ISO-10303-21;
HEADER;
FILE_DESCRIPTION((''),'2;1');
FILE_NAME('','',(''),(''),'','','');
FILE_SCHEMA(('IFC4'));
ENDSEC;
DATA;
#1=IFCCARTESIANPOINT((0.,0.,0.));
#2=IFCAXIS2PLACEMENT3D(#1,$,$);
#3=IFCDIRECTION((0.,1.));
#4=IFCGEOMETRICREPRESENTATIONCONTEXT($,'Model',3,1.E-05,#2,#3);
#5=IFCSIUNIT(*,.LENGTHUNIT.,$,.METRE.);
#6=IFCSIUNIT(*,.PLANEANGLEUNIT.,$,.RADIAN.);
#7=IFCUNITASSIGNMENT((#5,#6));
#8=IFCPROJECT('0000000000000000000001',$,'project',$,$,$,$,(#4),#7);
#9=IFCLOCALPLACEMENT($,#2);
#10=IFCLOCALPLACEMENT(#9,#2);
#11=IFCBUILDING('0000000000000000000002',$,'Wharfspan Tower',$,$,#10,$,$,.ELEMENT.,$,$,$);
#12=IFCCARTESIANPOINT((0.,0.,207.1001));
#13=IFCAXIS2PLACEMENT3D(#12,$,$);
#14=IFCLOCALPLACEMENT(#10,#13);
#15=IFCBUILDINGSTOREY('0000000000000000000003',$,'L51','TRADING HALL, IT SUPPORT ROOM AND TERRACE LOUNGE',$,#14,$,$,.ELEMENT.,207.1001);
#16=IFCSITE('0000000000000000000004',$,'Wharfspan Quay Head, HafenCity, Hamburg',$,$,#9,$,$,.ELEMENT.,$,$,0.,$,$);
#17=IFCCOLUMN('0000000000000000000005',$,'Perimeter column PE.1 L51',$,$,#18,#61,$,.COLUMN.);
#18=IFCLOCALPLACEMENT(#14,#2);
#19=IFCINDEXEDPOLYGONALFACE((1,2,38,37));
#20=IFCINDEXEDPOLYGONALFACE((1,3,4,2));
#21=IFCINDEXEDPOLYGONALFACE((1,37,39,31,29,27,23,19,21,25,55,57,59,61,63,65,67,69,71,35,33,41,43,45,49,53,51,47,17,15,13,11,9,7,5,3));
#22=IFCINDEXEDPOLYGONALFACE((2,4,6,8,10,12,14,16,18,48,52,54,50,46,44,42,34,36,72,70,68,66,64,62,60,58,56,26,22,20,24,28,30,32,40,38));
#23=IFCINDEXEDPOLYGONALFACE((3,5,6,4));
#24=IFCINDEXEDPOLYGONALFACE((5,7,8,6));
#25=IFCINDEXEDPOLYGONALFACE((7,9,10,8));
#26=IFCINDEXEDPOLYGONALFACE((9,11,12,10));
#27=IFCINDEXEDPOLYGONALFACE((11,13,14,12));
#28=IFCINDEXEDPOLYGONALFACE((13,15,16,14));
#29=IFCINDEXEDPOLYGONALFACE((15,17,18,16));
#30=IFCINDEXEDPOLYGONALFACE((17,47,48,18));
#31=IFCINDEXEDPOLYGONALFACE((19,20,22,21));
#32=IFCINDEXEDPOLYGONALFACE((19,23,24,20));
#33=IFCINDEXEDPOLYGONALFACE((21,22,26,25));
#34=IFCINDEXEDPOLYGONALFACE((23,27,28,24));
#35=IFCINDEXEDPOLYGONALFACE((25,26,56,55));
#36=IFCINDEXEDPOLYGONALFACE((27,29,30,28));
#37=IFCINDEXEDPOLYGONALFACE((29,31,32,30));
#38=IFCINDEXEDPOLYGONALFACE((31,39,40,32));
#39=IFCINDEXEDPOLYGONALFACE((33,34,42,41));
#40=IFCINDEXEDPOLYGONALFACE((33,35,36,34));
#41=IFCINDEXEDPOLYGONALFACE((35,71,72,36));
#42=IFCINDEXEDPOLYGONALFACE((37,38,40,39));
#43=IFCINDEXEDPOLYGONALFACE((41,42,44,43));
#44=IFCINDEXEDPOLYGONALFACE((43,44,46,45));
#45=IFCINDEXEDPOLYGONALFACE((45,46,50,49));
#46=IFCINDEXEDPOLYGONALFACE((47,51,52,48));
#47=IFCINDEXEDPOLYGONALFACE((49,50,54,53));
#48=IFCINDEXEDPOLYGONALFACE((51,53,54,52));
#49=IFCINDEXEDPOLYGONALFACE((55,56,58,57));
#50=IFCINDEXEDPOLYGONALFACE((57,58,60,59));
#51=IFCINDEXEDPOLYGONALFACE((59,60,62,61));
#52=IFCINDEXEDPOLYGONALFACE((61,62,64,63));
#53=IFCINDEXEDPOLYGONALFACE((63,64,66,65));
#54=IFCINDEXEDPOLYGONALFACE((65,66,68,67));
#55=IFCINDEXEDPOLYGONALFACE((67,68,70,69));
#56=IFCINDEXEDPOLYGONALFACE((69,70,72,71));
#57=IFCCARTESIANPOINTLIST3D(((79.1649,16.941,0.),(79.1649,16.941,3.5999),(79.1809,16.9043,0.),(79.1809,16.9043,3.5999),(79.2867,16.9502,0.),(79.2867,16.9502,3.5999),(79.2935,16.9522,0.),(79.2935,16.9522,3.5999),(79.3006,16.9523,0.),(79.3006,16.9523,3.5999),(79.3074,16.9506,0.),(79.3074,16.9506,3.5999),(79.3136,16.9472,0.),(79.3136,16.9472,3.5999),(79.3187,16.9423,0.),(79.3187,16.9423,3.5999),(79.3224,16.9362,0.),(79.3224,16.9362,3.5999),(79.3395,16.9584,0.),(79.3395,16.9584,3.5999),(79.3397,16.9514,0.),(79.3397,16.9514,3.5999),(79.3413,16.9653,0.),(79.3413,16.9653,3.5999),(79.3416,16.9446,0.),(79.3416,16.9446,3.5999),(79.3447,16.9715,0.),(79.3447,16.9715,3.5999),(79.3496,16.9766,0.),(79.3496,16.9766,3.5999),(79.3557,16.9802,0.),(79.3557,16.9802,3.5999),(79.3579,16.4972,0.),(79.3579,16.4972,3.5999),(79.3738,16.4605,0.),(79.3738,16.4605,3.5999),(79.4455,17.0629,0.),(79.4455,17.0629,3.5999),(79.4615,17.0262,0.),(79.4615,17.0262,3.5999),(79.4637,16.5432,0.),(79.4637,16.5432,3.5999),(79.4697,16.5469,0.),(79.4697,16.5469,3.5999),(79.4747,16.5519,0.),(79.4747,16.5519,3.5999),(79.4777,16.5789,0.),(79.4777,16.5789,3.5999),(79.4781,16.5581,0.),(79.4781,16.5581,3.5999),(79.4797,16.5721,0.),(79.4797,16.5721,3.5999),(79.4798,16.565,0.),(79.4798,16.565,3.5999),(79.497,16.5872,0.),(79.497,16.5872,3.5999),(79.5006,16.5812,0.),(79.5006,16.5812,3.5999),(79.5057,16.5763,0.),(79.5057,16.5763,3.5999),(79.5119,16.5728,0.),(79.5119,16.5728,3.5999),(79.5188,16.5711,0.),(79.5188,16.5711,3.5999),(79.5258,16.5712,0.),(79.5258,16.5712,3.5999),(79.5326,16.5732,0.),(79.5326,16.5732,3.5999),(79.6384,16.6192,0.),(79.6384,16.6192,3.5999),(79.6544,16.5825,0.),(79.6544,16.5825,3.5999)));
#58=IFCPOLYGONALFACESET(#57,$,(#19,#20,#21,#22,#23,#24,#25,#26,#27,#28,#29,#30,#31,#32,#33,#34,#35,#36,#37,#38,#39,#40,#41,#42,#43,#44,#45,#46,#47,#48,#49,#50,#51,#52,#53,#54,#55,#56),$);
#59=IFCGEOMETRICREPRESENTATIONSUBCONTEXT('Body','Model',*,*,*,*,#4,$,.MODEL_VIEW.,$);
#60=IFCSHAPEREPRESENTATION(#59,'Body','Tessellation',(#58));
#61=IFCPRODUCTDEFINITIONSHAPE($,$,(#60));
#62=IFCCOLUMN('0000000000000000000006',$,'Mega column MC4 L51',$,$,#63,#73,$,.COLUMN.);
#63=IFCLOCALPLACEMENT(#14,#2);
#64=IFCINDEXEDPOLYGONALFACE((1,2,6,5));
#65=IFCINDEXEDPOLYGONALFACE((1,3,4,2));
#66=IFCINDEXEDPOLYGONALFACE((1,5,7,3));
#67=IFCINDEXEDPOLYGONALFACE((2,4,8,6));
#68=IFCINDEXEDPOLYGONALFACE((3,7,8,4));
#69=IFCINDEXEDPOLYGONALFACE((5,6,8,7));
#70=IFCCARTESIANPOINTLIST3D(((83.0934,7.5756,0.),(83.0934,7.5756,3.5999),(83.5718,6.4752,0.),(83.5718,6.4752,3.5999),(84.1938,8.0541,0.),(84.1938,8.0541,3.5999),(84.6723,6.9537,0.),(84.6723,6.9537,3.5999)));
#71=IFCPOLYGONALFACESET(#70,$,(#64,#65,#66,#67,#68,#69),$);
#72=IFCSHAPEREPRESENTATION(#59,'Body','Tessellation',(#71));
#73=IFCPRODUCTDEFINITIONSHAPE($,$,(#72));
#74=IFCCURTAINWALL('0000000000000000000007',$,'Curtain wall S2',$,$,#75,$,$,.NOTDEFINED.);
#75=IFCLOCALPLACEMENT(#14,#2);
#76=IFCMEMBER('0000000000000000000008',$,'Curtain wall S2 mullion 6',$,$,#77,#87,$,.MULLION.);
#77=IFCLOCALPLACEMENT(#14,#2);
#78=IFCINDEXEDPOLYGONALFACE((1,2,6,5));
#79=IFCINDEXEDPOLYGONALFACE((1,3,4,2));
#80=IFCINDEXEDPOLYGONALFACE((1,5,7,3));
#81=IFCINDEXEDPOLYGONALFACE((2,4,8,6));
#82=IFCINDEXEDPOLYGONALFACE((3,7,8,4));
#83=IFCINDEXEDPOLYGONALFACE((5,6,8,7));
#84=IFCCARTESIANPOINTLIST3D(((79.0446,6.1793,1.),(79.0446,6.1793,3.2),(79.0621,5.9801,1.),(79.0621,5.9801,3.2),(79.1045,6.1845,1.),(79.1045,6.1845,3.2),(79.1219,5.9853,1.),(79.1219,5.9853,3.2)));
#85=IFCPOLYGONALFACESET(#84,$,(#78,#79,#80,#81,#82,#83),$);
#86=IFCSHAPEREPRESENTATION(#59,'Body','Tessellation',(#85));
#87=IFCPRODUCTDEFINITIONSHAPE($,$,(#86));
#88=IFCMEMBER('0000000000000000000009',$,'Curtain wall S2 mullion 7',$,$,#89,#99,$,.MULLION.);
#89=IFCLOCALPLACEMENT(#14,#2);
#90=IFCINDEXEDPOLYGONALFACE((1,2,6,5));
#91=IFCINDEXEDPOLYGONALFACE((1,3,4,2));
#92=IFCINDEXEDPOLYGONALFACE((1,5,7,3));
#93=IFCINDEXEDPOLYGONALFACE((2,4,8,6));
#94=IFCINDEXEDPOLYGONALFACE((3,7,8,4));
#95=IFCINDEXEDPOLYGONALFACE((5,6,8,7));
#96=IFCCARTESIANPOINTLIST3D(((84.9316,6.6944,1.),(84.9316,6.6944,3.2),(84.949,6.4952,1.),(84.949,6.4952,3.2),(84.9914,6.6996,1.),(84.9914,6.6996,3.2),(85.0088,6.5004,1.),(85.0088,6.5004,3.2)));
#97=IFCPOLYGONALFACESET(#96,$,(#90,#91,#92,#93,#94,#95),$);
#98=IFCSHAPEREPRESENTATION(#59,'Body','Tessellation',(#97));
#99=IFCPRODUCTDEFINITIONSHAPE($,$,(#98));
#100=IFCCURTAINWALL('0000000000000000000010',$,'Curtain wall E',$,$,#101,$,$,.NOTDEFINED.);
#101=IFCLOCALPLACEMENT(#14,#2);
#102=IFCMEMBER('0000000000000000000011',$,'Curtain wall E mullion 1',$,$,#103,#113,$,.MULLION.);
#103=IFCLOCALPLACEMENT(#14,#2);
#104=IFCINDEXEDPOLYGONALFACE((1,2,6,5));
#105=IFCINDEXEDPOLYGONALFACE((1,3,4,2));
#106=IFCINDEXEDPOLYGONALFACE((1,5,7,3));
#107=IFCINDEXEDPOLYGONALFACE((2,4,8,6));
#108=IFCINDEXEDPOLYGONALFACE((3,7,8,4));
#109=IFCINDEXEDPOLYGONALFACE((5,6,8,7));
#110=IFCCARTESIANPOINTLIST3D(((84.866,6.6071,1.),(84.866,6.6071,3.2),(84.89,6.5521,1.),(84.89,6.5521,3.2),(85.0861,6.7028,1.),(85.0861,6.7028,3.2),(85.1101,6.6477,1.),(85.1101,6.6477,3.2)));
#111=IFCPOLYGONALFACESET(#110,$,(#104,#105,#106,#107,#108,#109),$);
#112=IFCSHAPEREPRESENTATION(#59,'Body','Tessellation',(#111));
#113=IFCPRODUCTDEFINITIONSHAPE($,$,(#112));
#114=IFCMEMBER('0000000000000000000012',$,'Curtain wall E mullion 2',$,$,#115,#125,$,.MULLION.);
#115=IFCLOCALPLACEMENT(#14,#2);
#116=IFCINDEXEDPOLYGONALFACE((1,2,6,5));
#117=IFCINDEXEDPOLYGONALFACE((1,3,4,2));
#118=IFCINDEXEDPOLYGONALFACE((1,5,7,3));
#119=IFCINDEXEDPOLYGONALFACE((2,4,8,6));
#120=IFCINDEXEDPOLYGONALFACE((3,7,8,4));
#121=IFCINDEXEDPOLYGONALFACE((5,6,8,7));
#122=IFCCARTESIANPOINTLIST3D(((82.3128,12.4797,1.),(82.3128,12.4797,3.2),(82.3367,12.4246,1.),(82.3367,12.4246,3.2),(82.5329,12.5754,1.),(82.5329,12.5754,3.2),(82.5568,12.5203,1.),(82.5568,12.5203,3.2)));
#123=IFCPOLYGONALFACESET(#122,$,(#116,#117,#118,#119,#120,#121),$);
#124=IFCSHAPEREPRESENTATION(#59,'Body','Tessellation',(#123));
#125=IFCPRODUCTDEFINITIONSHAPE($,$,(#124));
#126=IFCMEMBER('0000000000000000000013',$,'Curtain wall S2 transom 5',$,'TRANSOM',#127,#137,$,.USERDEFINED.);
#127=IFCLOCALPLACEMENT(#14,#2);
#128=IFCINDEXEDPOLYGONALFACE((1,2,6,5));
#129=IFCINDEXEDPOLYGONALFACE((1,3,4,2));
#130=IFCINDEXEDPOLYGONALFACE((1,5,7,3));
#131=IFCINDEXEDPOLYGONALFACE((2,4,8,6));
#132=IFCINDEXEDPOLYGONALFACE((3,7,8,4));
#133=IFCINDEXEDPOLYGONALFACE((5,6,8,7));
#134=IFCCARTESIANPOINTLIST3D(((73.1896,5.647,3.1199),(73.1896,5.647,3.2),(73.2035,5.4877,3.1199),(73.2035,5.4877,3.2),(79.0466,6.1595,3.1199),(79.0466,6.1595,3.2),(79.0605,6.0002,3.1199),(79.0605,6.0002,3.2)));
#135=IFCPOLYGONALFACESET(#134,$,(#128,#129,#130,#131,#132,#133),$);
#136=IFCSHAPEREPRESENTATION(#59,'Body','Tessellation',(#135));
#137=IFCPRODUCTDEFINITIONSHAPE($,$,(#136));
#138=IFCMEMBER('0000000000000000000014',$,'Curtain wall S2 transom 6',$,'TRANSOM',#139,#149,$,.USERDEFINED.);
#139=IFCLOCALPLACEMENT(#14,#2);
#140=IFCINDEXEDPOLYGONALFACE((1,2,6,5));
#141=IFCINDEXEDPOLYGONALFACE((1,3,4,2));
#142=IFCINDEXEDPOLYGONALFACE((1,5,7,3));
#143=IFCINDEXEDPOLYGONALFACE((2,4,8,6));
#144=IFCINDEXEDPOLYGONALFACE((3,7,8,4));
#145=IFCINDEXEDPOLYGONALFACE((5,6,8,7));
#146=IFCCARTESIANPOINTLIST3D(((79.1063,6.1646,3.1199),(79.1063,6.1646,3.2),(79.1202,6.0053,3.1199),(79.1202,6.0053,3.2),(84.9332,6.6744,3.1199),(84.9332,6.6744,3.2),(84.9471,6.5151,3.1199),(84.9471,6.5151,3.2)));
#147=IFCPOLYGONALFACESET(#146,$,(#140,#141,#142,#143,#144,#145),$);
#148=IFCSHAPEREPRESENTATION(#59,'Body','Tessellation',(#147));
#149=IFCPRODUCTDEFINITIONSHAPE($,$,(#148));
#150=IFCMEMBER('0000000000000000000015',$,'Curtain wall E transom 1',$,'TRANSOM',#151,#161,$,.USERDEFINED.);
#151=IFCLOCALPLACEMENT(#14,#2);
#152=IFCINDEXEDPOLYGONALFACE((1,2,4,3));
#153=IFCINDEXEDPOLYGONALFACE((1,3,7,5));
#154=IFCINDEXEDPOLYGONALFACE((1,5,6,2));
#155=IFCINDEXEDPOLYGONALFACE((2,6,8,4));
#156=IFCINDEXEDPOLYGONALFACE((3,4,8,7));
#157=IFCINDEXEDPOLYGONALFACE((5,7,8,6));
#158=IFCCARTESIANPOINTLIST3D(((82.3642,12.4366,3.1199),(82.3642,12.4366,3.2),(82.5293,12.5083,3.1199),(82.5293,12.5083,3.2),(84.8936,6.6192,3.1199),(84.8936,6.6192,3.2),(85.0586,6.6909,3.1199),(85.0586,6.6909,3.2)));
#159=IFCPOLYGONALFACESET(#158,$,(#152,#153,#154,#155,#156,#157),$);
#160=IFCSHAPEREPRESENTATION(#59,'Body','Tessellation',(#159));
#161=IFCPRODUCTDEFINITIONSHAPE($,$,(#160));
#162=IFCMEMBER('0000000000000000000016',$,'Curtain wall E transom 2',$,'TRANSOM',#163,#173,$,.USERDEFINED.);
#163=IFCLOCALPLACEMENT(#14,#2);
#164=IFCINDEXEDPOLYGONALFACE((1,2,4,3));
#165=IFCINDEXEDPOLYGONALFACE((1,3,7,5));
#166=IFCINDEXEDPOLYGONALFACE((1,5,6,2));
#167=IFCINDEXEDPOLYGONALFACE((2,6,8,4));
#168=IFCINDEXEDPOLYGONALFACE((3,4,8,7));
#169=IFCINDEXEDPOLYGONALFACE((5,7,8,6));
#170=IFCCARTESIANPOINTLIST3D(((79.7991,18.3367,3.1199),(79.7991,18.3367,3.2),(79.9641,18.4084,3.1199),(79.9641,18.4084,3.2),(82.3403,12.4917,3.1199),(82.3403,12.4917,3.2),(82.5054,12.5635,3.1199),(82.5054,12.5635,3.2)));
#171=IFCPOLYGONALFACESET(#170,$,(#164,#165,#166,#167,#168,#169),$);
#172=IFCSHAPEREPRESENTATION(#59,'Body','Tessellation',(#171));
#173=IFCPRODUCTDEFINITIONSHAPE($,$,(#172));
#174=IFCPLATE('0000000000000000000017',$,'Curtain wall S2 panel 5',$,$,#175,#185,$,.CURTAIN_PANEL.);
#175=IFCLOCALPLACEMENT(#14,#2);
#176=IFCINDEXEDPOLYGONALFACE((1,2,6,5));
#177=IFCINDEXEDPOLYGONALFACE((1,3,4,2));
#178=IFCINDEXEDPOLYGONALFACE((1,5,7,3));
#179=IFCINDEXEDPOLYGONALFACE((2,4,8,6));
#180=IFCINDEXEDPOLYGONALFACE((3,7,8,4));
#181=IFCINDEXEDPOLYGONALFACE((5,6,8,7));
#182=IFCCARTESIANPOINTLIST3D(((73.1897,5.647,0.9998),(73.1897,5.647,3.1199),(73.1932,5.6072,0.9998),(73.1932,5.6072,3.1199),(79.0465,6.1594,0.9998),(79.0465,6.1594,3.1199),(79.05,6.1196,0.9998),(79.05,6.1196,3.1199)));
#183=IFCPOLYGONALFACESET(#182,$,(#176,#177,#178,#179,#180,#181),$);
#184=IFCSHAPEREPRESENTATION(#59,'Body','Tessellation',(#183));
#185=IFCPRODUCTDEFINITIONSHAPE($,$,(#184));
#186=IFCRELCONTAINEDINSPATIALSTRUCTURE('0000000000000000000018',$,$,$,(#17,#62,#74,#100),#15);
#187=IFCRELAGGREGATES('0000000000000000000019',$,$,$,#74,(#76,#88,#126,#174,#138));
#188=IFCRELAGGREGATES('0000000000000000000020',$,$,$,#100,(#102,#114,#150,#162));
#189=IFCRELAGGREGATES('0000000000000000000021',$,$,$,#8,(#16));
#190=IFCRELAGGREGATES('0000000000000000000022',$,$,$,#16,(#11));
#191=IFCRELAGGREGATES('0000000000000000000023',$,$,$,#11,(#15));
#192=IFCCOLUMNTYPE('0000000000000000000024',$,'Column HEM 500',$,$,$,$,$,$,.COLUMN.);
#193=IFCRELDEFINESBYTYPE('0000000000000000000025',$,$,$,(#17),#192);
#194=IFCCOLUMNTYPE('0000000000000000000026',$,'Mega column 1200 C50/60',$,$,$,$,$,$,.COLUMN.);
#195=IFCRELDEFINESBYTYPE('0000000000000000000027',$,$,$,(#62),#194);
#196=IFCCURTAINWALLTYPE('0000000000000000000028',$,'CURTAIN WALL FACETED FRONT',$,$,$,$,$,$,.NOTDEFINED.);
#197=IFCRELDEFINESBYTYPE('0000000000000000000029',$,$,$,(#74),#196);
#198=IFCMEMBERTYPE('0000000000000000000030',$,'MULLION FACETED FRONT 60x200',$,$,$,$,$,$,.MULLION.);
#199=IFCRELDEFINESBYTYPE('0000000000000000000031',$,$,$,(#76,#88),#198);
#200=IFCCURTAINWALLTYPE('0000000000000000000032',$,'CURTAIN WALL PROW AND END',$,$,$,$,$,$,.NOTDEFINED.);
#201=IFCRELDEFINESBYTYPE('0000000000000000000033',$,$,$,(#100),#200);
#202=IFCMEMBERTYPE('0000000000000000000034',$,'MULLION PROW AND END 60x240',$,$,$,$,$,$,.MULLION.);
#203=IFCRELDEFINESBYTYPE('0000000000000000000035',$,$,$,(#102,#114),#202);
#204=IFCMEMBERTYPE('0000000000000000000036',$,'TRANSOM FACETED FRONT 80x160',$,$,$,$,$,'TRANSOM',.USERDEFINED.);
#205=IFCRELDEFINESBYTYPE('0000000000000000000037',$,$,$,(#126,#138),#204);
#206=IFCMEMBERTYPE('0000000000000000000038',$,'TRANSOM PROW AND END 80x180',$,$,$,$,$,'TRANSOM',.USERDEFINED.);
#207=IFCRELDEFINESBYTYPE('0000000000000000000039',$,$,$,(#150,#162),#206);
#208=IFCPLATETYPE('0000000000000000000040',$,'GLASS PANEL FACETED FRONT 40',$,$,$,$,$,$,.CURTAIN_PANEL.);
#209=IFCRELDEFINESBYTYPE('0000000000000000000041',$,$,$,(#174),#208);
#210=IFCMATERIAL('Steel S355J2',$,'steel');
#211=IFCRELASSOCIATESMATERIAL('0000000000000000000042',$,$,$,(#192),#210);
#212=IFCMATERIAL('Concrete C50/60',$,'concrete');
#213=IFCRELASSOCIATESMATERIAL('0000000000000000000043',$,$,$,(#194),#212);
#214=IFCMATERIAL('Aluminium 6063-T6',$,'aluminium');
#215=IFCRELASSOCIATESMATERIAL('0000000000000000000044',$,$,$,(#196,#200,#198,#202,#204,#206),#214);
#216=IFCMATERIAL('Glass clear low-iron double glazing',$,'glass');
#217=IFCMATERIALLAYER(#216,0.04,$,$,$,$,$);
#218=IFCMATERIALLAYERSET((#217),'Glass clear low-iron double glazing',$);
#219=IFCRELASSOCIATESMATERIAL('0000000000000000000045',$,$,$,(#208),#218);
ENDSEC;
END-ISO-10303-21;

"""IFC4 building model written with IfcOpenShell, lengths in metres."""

from ifc_helpers import new_model, si_unit, direction, frame, origin, origin_2d, place, context, subcontext, project, spatial, rectangle, i_section, extrude, material, layer, layer_set, material_profile, profile_set, type_object, element, aggregate, save


model = new_model("IFC4")

# Units and contexts
model_context = context("Model", 3, precision=1e-05, world=origin(), true_north=direction((0.0, 1.0)))
body_context = subcontext(model_context, "Body", "Model", "MODEL_VIEW")
ifc_project = project(units=[si_unit("LENGTHUNIT", "METRE"), si_unit("PLANEANGLEUNIT", "RADIAN")], contexts=[model_context])

# Site, building, storey
site_placement = place(None, origin())
site = spatial("IfcSite", under=ifc_project, at=site_placement, Name="Wharfspan Quay Head, HafenCity, Hamburg", CompositionType="ELEMENT", RefElevation=0.0)
building_placement = place(site_placement, origin())
building = spatial("IfcBuilding", under=site, at=building_placement, Name="Wharfspan Tower", CompositionType="ELEMENT")
storey_placement = place(building_placement, frame((0.0, 0.0, 207.1001)))
storey = spatial("IfcBuildingStorey", under=building, at=storey_placement, Name="L51", Description="TRADING HALL, IT SUPPORT ROOM AND TERRACE LOUNGE", CompositionType="ELEMENT", Elevation=207.1001)

# Columns
ifc_material_1 = material(Name="Steel S355J2", Category="steel")
ifc_material_profile_1 = material_profile(ifc_material_1, i_section(OverallWidth=0.3059, OverallDepth=0.5239, WebThickness=0.021, FlangeThickness=0.04, FilletRadius=0.0271, at=origin_2d()))
ifc_profile_set_1 = profile_set([ifc_material_profile_1], Name="Steel S355J2")
column_type_1 = type_object("IfcColumnType", Name="Column HEM 500", PredefinedType="COLUMN", material=ifc_profile_set_1)
column_1_placement = place(storey_placement, frame((79.4097, 16.7617, 0.0), z_axis=(0.0, 0.0, 1.0), x_axis=(0.917072, 0.398727, 0.0)))
element("IfcColumn", 1, at=column_1_placement, inside=storey, type_object=column_type_1, Name="Perimeter column PE.1 L51", PredefinedType="COLUMN", context=body_context, shape_type="SweptSolid", body=[
    extrude(i_section(OverallWidth=0.3059, OverallDepth=0.5239, WebThickness=0.021, FlangeThickness=0.04, FilletRadius=0.0271, at=origin_2d()), origin(), (0.0, 0.0, 1.0), 3.5999),
])
ifc_material_2 = material(Name="Concrete C50/60", Category="concrete")
ifc_material_profile_2 = material_profile(ifc_material_2, rectangle(XDim=1.2, YDim=1.2, at=origin_2d()))
ifc_profile_set_2 = profile_set([ifc_material_profile_2], Name="Concrete C50/60")
column_type_2 = type_object("IfcColumnType", Name="Mega column 1200 C50/60", PredefinedType="COLUMN", material=ifc_profile_set_2)
column_2_placement = place(storey_placement, frame((83.8828, 7.2646, 0.0), z_axis=(0.0, 0.0, 1.0), x_axis=(-0.398727, 0.917072, 0.0)))
element("IfcColumn", 2, at=column_2_placement, inside=storey, type_object=column_type_2, Name="Mega column MC4 L51", PredefinedType="COLUMN", context=body_context, shape_type="SweptSolid", body=[
    extrude(rectangle(XDim=1.2, YDim=1.2, at=origin_2d()), origin(), (0.0, 0.0, 1.0), 3.5999),
])

# Curtain walls, members
ifc_material_3 = material(Name="Aluminium 6063-T6", Category="aluminium")
curtain_wall_type_1 = type_object("IfcCurtainWallType", Name="CURTAIN WALL FACETED FRONT", PredefinedType="NOTDEFINED", material=ifc_material_3)
curtain_wall_1_placement = place(storey_placement, origin())
curtain_wall_1 = element("IfcCurtainWall", 3, at=curtain_wall_1_placement, inside=storey, type_object=curtain_wall_type_1, Name="Curtain wall S2", PredefinedType="NOTDEFINED")
ifc_material_profile_3 = material_profile(ifc_material_3, rectangle(XDim=0.2, YDim=0.0601, at=origin_2d()))
ifc_profile_set_3 = profile_set([ifc_material_profile_3], Name="Aluminium 6063-T6")
member_type_1 = type_object("IfcMemberType", Name="MULLION FACETED FRONT 60x200", PredefinedType="MULLION", material=ifc_profile_set_3)
member_1_placement = place(storey_placement, frame((79.0833, 6.0823, 1.0), z_axis=(0.0, 0.0, 1.0), x_axis=(-0.087156, 0.996197, 0.0)))
member_1 = element("IfcMember", 4, at=member_1_placement, type_object=member_type_1, Name="Curtain wall S2 mullion 6", PredefinedType="MULLION", context=body_context, shape_type="SweptSolid", body=[
    extrude(rectangle(XDim=0.2, YDim=0.0601, at=origin_2d()), origin(), (0.0, 0.0, 1.0), 2.2),
])
member_2_placement = place(storey_placement, frame((84.9702, 6.5974, 1.0), z_axis=(0.0, 0.0, 1.0), x_axis=(-0.087156, 0.996197, 0.0)))
member_2 = element("IfcMember", 5, at=member_2_placement, type_object=member_type_1, Name="Curtain wall S2 mullion 7", PredefinedType="MULLION", context=body_context, shape_type="SweptSolid", body=[
    extrude(rectangle(XDim=0.2, YDim=0.0601, at=origin_2d()), origin(), (0.0, 0.0, 1.0), 2.2),
])
curtain_wall_type_2 = type_object("IfcCurtainWallType", Name="CURTAIN WALL PROW AND END", PredefinedType="NOTDEFINED", material=ifc_material_3)
curtain_wall_2_placement = place(storey_placement, origin())
curtain_wall_2 = element("IfcCurtainWall", 6, at=curtain_wall_2_placement, inside=storey, type_object=curtain_wall_type_2, Name="Curtain wall E", PredefinedType="NOTDEFINED")
ifc_material_profile_4 = material_profile(ifc_material_3, rectangle(XDim=0.24, YDim=0.0601, at=origin_2d()))
ifc_profile_set_4 = profile_set([ifc_material_profile_4], Name="Aluminium 6063-T6")
member_type_2 = type_object("IfcMemberType", Name="MULLION PROW AND END 60x240", PredefinedType="MULLION", material=ifc_profile_set_4)
member_3_placement = place(storey_placement, frame((84.988, 6.6274, 1.0), z_axis=(0.0, 0.0, 1.0), x_axis=(-0.917072, -0.398727, 0.0)))
member_3 = element("IfcMember", 7, at=member_3_placement, type_object=member_type_2, Name="Curtain wall E mullion 1", PredefinedType="MULLION", context=body_context, shape_type="SweptSolid", body=[
    extrude(rectangle(XDim=0.24, YDim=0.0601, at=origin_2d()), origin(), (0.0, 0.0, 1.0), 2.2),
])
member_4_placement = place(storey_placement, frame((82.4348, 12.5, 1.0), z_axis=(0.0, 0.0, 1.0), x_axis=(-0.917072, -0.398727, 0.0)))
member_4 = element("IfcMember", 8, at=member_4_placement, type_object=member_type_2, Name="Curtain wall E mullion 2", PredefinedType="MULLION", context=body_context, shape_type="SweptSolid", body=[
    extrude(rectangle(XDim=0.24, YDim=0.0601, at=origin_2d()), origin(), (0.0, 0.0, 1.0), 2.2),
])

# Members
ifc_material_profile_5 = material_profile(ifc_material_3, rectangle(XDim=0.1599, YDim=0.0801, at=origin_2d()))
ifc_profile_set_5 = profile_set([ifc_material_profile_5], Name="Aluminium 6063-T6")
member_type_3 = type_object("IfcMemberType", Name="TRANSOM FACETED FRONT 80x160", ElementType="TRANSOM", PredefinedType="USERDEFINED", material=ifc_profile_set_5)
member_5_placement = place(storey_placement, frame((73.1965, 5.5674, 3.1599), z_axis=(0.996194, 0.087162, 0.0), x_axis=(-0.087162, 0.996194, 0.0)))
member_5 = element("IfcMember", 9, at=member_5_placement, type_object=member_type_3, Name="Curtain wall S2 transom 5", ObjectType="TRANSOM", PredefinedType="USERDEFINED", context=body_context, shape_type="SweptSolid", body=[
    extrude(rectangle(XDim=0.1599, YDim=0.0801, at=origin_2d()), origin(), (0.0, 0.0, 1.0), 5.8794),
])
member_6_placement = place(storey_placement, frame((79.1133, 6.085, 3.1599), z_axis=(0.996195, 0.087152, 0.0), x_axis=(-0.087152, 0.996195, 0.0)))
member_6 = element("IfcMember", 10, at=member_6_placement, type_object=member_type_3, Name="Curtain wall S2 transom 6", ObjectType="TRANSOM", PredefinedType="USERDEFINED", context=body_context, shape_type="SweptSolid", body=[
    extrude(rectangle(XDim=0.1599, YDim=0.0801, at=origin_2d()), origin(), (0.0, 0.0, 1.0), 5.8491),
])
ifc_material_profile_6 = material_profile(ifc_material_3, rectangle(XDim=0.1799, YDim=0.0801, at=origin_2d()))
ifc_profile_set_6 = profile_set([ifc_material_profile_6], Name="Aluminium 6063-T6")
member_type_4 = type_object("IfcMemberType", Name="TRANSOM PROW AND END 80x180", ElementType="TRANSOM", PredefinedType="USERDEFINED", material=ifc_profile_set_6)
member_7_placement = place(storey_placement, frame((84.9761, 6.655, 3.1599), z_axis=(-0.398726, 0.91707, 0.0), x_axis=(-0.91707, -0.398726, 0.0)))
member_7 = element("IfcMember", 11, at=member_7_placement, type_object=member_type_4, Name="Curtain wall E transom 1", ObjectType="TRANSOM", PredefinedType="USERDEFINED", context=body_context, shape_type="SweptSolid", body=[
    extrude(rectangle(XDim=0.1799, YDim=0.0801, at=origin_2d()), origin(), (0.0, 0.0, 1.0), 6.3435),
])
member_8_placement = place(storey_placement, frame((82.4229, 12.5276, 3.1599), z_axis=(-0.398722, 0.917072, 0.0), x_axis=(-0.917072, -0.398722, 0.0)))
member_8 = element("IfcMember", 12, at=member_8_placement, type_object=member_type_4, Name="Curtain wall E transom 2", ObjectType="TRANSOM", PredefinedType="USERDEFINED", context=body_context, shape_type="SweptSolid", body=[
    extrude(rectangle(XDim=0.1799, YDim=0.0801, at=origin_2d()), origin(), (0.0, 0.0, 1.0), 6.3735),
])

# Plate
ifc_material_4 = material(Name="Glass clear low-iron double glazing", Category="glass")
ifc_layer_1 = layer(ifc_material_4, 0.04)
ifc_layer_set_1 = layer_set([ifc_layer_1], Name="Glass clear low-iron double glazing")
plate_type_1 = type_object("IfcPlateType", Name="GLASS PANEL FACETED FRONT 40", PredefinedType="CURTAIN_PANEL", material=ifc_layer_set_1)
plate_1_placement = place(storey_placement, frame((76.1199, 5.8833, 0.9998), z_axis=(0.0, 0.0, 1.0), x_axis=(0.996197, 0.087156, 0.0)))
plate_1 = element("IfcPlate", 13, at=plate_1_placement, type_object=plate_type_1, Name="Curtain wall S2 panel 5", PredefinedType="CURTAIN_PANEL", context=body_context, shape_type="SweptSolid", body=[
    extrude(rectangle(XDim=5.8792, YDim=0.04, at=origin_2d()), origin(), (0.0, 0.0, 1.0), 2.1201),
])
aggregate(curtain_wall_1, [member_1, member_2, member_5, plate_1, member_6])
aggregate(curtain_wall_2, [member_3, member_4, member_7, member_8])

save(model, "model.ifc")
